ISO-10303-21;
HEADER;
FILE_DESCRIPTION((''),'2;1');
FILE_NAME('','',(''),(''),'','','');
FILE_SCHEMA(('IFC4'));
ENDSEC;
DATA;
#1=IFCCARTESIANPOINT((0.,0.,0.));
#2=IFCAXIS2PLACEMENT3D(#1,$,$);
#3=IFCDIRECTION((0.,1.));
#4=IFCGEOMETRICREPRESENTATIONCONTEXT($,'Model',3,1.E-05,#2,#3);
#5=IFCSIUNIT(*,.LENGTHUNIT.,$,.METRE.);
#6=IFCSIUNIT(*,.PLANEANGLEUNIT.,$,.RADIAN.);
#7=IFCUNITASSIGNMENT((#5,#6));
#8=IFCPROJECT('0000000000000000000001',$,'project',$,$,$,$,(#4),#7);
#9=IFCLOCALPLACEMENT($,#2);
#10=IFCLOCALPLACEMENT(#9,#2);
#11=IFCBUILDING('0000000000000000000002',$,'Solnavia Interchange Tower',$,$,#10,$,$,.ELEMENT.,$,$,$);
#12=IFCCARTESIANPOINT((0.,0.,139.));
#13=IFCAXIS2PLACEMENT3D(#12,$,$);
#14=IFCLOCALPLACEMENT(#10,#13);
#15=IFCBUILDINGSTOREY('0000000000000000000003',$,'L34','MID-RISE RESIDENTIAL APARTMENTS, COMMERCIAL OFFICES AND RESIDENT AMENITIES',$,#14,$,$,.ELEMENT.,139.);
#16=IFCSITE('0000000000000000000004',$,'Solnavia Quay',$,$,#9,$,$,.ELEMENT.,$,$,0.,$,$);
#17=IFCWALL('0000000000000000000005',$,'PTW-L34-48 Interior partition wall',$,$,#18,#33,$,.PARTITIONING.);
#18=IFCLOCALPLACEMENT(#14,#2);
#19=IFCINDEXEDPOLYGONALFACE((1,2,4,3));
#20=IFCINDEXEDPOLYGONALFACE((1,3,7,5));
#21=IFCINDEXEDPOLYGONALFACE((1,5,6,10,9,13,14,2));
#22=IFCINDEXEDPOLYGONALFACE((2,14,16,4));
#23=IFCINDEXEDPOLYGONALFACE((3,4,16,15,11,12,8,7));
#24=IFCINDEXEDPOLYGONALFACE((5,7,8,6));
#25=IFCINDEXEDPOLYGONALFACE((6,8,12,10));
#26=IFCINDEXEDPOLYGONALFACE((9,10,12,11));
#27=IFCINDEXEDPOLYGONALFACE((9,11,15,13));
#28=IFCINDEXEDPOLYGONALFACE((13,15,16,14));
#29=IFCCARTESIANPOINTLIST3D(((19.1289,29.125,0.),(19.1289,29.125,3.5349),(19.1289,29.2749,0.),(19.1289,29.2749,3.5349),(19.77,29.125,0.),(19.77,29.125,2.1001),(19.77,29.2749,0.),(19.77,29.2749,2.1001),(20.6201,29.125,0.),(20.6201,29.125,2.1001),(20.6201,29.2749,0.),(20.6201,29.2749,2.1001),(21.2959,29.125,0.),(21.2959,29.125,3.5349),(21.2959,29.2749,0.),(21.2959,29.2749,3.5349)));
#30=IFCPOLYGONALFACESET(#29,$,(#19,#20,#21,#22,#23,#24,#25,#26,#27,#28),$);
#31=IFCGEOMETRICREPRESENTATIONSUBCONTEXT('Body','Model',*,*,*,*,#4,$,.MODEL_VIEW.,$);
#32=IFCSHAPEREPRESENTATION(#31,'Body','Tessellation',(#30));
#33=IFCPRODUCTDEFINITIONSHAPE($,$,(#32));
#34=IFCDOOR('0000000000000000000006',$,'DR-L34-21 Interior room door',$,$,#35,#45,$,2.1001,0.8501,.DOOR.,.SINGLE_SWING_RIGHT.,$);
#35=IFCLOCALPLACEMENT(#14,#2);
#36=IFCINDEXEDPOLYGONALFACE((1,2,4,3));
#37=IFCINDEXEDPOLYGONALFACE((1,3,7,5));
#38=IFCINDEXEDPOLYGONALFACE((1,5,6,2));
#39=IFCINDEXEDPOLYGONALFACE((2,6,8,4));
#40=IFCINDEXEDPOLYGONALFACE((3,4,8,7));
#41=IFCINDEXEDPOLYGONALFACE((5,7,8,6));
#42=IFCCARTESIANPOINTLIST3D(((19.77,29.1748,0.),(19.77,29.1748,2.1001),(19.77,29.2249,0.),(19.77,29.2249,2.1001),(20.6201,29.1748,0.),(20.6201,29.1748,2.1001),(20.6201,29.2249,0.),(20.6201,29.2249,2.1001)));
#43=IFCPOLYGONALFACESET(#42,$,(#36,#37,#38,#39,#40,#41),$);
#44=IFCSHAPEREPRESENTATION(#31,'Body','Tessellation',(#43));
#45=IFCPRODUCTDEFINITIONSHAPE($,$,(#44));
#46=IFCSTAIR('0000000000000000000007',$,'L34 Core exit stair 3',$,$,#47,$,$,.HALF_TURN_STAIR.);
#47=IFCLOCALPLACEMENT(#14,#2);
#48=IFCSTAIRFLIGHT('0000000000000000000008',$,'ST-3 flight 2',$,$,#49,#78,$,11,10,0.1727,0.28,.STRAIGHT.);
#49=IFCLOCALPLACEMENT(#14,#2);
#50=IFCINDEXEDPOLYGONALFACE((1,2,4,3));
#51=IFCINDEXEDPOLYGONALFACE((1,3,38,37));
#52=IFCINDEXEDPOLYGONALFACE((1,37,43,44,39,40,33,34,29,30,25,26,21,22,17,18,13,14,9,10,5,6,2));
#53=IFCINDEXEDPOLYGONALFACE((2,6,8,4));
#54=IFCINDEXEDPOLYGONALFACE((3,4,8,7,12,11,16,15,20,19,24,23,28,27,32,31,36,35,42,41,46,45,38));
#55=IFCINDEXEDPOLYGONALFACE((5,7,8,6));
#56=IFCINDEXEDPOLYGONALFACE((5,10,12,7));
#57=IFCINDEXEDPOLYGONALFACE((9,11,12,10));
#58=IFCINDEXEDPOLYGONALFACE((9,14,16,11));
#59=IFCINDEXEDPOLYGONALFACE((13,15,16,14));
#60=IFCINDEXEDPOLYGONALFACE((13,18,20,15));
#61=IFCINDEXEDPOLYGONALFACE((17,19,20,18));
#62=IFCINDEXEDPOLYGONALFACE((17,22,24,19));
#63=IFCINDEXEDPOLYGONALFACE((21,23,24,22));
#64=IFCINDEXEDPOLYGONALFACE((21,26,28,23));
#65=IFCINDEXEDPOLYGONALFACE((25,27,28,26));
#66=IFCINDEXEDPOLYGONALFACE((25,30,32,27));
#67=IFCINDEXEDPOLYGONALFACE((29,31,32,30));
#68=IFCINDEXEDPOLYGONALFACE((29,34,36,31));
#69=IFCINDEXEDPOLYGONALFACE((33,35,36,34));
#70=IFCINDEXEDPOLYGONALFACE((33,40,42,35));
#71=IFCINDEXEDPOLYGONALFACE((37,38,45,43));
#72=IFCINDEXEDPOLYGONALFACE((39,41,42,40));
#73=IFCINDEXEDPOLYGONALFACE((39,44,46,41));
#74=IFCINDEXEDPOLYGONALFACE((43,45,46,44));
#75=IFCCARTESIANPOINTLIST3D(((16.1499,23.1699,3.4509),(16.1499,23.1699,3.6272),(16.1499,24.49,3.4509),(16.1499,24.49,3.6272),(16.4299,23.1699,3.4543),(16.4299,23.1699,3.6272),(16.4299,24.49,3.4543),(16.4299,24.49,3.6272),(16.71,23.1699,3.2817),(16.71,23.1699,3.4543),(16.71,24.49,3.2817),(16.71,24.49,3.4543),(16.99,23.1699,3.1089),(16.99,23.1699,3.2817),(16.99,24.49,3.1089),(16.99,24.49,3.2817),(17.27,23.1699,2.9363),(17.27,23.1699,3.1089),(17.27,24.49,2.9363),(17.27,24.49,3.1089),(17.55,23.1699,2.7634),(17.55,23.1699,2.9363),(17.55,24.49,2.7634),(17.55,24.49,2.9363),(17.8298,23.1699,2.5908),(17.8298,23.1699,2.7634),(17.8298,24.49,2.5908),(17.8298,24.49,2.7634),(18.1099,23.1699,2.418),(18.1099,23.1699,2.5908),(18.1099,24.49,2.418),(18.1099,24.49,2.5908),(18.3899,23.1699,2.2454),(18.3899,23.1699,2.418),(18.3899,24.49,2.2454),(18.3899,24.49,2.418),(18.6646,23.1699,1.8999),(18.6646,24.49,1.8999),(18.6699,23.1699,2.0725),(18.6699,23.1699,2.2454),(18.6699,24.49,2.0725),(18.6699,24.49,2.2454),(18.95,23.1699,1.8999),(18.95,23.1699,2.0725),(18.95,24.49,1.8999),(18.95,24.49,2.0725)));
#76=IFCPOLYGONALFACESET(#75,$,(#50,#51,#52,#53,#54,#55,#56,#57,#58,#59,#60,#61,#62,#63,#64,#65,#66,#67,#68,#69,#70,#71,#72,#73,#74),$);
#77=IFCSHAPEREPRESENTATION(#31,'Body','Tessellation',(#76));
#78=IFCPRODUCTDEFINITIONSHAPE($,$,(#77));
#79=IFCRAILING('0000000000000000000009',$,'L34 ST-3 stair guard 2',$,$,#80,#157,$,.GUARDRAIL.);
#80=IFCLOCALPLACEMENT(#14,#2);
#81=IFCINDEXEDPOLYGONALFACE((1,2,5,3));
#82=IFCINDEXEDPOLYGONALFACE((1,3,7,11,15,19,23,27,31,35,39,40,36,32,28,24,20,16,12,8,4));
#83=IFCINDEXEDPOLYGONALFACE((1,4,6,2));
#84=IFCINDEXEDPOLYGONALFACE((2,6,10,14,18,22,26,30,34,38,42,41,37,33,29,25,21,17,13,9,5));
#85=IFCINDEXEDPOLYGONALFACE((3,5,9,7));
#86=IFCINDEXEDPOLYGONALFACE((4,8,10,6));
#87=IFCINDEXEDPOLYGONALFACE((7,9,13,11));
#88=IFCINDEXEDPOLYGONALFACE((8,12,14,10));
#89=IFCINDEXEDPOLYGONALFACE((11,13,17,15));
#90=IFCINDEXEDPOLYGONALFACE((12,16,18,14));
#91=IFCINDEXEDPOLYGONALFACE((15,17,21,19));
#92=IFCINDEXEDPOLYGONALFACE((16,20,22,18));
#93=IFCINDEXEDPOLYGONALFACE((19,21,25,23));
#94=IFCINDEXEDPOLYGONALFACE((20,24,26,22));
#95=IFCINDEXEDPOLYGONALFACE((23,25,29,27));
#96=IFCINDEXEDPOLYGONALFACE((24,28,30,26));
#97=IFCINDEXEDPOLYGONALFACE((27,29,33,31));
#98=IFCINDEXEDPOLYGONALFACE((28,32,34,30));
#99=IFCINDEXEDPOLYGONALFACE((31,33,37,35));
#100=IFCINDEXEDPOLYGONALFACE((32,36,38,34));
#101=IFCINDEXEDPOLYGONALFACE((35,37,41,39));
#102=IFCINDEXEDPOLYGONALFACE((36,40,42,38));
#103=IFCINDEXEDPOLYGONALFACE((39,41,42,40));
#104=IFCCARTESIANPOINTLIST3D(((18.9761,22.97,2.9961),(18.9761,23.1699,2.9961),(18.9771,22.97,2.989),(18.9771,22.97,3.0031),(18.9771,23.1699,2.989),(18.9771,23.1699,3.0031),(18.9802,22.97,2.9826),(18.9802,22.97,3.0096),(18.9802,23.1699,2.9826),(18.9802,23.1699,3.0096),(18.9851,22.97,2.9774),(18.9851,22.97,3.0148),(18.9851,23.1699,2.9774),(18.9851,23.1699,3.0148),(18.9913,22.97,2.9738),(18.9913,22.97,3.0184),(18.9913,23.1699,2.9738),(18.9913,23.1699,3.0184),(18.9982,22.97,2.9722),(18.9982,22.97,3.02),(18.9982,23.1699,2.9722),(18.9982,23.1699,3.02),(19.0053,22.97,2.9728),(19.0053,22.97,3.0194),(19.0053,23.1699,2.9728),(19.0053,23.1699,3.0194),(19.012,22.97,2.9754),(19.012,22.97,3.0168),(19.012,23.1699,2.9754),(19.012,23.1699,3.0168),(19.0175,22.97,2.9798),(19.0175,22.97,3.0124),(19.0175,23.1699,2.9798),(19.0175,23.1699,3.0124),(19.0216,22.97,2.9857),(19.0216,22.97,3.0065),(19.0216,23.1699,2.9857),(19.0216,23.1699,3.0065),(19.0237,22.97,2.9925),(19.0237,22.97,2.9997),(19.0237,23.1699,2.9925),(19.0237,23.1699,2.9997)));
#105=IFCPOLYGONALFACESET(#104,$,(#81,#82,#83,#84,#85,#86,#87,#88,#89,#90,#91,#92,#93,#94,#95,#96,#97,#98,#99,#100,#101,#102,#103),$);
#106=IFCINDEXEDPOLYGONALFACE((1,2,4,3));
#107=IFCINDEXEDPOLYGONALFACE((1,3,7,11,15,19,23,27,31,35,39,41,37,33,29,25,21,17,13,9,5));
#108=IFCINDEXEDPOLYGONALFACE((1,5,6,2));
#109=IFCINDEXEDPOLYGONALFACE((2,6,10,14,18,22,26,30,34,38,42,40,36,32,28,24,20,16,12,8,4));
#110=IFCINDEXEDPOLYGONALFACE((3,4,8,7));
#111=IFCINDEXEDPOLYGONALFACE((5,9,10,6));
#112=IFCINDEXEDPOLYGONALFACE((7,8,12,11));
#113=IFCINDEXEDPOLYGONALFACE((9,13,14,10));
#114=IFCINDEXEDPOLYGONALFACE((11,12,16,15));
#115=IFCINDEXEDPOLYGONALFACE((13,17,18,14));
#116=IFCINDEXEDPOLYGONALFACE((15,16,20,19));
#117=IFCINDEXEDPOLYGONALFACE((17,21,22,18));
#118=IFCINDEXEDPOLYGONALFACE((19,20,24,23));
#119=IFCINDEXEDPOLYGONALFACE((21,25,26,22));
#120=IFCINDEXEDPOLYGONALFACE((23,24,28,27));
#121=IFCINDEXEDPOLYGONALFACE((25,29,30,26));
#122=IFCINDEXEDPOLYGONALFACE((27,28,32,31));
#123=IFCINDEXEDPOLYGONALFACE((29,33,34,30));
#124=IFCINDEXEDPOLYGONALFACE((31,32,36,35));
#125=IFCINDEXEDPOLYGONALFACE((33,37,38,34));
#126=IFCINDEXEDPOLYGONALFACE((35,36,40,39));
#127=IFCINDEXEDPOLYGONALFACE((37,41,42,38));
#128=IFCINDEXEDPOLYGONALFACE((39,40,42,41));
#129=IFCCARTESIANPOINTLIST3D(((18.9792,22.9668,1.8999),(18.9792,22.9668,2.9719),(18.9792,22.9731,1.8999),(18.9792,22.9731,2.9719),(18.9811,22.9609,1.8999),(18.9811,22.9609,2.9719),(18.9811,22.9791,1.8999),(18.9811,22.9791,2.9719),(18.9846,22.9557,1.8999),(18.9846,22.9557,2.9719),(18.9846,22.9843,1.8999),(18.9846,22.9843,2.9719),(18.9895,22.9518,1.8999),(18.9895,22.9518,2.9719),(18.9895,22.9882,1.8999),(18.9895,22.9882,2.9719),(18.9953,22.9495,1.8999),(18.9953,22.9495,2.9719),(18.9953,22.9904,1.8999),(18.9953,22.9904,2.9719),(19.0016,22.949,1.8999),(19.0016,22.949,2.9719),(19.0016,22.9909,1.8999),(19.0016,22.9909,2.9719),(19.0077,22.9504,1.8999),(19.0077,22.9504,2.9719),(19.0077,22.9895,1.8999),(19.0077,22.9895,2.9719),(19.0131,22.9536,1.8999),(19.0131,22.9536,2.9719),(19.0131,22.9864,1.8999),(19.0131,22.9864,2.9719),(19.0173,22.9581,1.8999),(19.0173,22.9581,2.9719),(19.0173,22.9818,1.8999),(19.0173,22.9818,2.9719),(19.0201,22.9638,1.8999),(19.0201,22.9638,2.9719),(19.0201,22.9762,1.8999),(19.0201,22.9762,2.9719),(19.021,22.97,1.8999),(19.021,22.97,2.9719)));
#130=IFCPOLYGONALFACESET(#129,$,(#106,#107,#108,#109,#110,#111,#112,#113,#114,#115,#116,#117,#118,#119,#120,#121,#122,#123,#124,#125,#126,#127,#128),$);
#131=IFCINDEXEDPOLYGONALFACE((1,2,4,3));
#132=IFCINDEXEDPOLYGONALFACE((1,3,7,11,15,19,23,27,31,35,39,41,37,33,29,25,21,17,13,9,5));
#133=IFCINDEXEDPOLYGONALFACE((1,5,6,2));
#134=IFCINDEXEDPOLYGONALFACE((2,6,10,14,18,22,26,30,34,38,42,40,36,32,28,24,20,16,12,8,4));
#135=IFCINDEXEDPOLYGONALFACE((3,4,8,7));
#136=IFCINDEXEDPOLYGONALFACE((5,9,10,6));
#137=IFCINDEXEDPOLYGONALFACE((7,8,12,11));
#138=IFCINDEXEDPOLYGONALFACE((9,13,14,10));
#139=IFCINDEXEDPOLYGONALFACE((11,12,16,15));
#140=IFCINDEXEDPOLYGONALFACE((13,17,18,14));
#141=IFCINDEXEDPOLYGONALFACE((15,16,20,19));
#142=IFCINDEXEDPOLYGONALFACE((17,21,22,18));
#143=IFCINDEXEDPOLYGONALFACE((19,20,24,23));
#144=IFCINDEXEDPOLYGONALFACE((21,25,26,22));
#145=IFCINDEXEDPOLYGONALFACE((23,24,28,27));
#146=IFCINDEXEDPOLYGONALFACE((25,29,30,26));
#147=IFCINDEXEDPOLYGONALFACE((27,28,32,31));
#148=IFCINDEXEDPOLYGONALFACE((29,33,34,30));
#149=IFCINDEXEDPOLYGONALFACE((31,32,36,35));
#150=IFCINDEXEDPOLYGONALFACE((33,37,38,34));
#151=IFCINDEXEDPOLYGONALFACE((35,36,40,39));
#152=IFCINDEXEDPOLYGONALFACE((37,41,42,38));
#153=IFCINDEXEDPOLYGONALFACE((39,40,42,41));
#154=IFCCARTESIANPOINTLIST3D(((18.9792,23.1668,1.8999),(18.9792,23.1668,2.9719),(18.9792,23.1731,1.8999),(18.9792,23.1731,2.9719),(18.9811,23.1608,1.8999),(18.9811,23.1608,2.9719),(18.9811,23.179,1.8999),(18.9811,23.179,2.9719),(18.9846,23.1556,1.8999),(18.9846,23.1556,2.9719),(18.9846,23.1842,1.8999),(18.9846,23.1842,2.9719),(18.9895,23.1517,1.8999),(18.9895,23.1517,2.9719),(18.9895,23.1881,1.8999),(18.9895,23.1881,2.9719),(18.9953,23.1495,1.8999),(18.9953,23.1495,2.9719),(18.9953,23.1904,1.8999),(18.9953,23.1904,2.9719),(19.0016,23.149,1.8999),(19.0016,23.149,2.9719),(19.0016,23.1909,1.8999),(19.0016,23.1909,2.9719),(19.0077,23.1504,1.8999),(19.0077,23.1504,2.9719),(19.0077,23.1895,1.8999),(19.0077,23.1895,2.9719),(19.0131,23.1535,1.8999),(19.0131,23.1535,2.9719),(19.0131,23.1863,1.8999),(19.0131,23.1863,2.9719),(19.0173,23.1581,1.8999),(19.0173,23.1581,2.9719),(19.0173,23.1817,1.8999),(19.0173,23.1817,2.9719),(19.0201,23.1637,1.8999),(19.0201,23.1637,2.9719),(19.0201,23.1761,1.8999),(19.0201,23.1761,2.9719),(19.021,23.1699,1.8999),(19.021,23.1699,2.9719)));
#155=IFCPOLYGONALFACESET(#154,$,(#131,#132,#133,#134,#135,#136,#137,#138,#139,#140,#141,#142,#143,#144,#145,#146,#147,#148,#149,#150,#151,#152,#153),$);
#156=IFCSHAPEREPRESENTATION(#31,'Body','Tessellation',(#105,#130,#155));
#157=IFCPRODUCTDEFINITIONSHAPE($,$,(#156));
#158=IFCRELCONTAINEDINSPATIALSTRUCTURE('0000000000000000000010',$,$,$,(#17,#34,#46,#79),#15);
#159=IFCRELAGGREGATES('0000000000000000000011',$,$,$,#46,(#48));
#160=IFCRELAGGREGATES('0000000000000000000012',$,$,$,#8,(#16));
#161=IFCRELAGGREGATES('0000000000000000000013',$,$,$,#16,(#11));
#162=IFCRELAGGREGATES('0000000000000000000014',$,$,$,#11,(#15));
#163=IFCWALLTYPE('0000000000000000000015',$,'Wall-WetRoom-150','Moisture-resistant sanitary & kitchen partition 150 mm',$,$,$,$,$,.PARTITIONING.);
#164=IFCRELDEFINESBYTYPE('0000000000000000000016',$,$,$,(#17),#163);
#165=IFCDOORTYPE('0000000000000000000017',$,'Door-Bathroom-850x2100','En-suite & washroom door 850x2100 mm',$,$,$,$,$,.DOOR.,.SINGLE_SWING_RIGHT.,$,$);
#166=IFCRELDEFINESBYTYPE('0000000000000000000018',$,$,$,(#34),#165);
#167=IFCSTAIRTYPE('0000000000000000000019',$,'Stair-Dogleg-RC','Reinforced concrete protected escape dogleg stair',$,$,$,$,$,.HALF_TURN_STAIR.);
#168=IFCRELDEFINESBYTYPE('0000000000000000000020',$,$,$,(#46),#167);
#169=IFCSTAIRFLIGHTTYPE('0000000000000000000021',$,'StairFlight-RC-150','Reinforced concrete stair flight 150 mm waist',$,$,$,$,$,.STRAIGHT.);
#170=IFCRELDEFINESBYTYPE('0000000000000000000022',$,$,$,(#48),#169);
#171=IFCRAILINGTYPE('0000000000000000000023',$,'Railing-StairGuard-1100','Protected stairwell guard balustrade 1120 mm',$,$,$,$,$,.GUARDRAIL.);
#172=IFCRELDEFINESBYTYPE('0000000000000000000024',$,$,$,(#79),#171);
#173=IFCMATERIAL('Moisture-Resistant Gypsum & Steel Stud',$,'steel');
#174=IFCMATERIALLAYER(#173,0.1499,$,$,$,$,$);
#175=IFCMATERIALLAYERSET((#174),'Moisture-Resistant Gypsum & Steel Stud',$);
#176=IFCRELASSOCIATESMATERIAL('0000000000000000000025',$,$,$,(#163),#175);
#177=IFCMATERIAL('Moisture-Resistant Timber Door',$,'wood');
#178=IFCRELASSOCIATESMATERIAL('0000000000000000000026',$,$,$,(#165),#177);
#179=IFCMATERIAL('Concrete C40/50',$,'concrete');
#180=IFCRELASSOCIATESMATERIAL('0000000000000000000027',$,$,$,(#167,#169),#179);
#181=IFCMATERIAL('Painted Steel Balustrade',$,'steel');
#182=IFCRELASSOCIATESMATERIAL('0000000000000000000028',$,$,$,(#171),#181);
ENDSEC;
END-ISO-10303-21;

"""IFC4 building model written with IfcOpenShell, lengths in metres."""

from ifc_helpers import new_model, si_unit, direction, frame, frame_2d, origin, origin_2d, place, context, subcontext, project, spatial, polyline, rectangle, circle, outline, extrude, material, layer, layer_set, type_object, element, fill, aggregate, save


model = new_model("IFC4")

# Units and contexts
model_context = context("Model", 3, precision=1e-05, world=origin(), true_north=direction((0.0, 1.0)))
body_context = subcontext(model_context, "Body", "Model", "MODEL_VIEW")
ifc_project = project(units=[si_unit("LENGTHUNIT", "METRE"), si_unit("PLANEANGLEUNIT", "RADIAN")], contexts=[model_context])

# Site, building, storey
site_placement = place(None, origin())
site = spatial("IfcSite", under=ifc_project, at=site_placement, Name="Solnavia Quay", CompositionType="ELEMENT", RefElevation=0.0)
building_placement = place(site_placement, origin())
building = spatial("IfcBuilding", under=site, at=building_placement, Name="Solnavia Interchange Tower", CompositionType="ELEMENT")
storey_placement = place(building_placement, frame((0.0, 0.0, 139.0)))
storey = spatial("IfcBuildingStorey", under=building, at=storey_placement, Name="L34", Description="MID-RISE RESIDENTIAL APARTMENTS, COMMERCIAL OFFICES AND RESIDENT AMENITIES", CompositionType="ELEMENT", Elevation=139.0)

# Shared definitions
ifc_material_1 = material(Name="Concrete C40/50", Category="concrete")
ifc_material_2 = material(Name="Moisture-Resistant Gypsum & Steel Stud", Category="steel")
ifc_layer_1 = layer(ifc_material_2, 0.1499)
ifc_layer_set_1 = layer_set([ifc_layer_1], Name="Moisture-Resistant Gypsum & Steel Stud")
wall_type_1 = type_object("IfcWallType", Name="Wall-WetRoom-150", Description="Moisture-resistant sanitary & kitchen partition 150 mm", PredefinedType="PARTITIONING", material=ifc_layer_set_1)

# Wall, opening, door
wall_1_placement = place(storey_placement, frame((19.1289, 29.2, 0.0), z_axis=(0.0, 0.0, 1.0), x_axis=(1.0, 0.0, 0.0)))
wall_1 = element("IfcWall", 1, at=wall_1_placement, inside=storey, type_object=wall_type_1, Name="PTW-L34-48 Interior partition wall", PredefinedType="PARTITIONING", context=body_context, shape_type="SweptSolid", body=[
    extrude(rectangle(XDim=2.167, YDim=0.1499, at=frame_2d((1.0835, 0.0))), origin(), (0.0, 0.0, 1.0), 3.5349),
])
opening_1_placement = place(wall_1_placement, frame((0.6411, 0.0, 0.0)))
opening_1 = element("IfcOpeningElement", 2, at=opening_1_placement, cuts=wall_1, PredefinedType="OPENING", context=body_context, shape_type="SweptSolid", body=[
    extrude(rectangle(XDim=0.8501, YDim=2.1001, at=frame_2d((0.425, 1.05))), frame((0.0, 0.085, 0.0), z_axis=(0.0, -1.0, 0.0), x_axis=(1.0, 0.0, 0.0)), (0.0, 0.0, 1.0), 0.1699),
])
ifc_material_3 = material(Name="Moisture-Resistant Timber Door", Category="wood")
door_type_1 = type_object("IfcDoorType", Name="Door-Bathroom-850x2100", Description="En-suite & washroom door 850x2100 mm", OperationType="SINGLE_SWING_RIGHT", PredefinedType="DOOR", material=ifc_material_3)
door_1_placement = place(opening_1_placement, origin())
door_1 = element("IfcDoor", 3, at=door_1_placement, inside=storey, type_object=door_type_1, Name="DR-L34-21 Interior room door", OperationType="SINGLE_SWING_RIGHT", OverallHeight=2.1001, OverallWidth=0.8501, PredefinedType="DOOR", context=body_context, shape_type="SweptSolid", body=[
    extrude(rectangle(XDim=0.8501, YDim=2.1001, at=frame_2d((0.425, 1.05))), frame((0.0, 0.0249, 0.0), z_axis=(0.0, -1.0, 0.0), x_axis=(1.0, 0.0, 0.0)), (0.0, 0.0, 1.0), 0.05),
])
fill(opening_1, door_1)

# Stair, stair flight
stair_type = type_object("IfcStairType", Name="Stair-Dogleg-RC", Description="Reinforced concrete protected escape dogleg stair", PredefinedType="HALF_TURN_STAIR", material=ifc_material_1)
stair_placement = place(storey_placement, origin())
stair = element("IfcStair", 4, at=stair_placement, inside=storey, type_object=stair_type, Name="L34 Core exit stair 3", PredefinedType="HALF_TURN_STAIR")
stair_flight_type = type_object("IfcStairFlightType", Name="StairFlight-RC-150", Description="Reinforced concrete stair flight 150 mm waist", PredefinedType="STRAIGHT", material=ifc_material_1)
stair_flight_placement = place(storey_placement, frame((18.95, 23.8301, 1.8999), z_axis=(0.0, 0.0, 1.0), x_axis=(-1.0, 0.0, 0.0)))
stair_flight = element("IfcStairFlight", 5, at=stair_flight_placement, type_object=stair_flight_type, Name="ST-3 flight 2", NumberOfRisers=11, NumberOfTreads=10, PredefinedType="STRAIGHT", RiserHeight=0.1727, TreadLength=0.28, context=body_context, shape_type="SweptSolid", body=[
    extrude(outline(polyline([(0.0, 0.0), (0.0, 0.1726), (0.28, 0.1726), (0.28, 0.3455), (0.5601, 0.3455), (0.5601, 0.5181), (0.8401, 0.5181), (0.8401, 0.6909), (1.1201, 0.6909), (1.1201, 0.8635), (1.3999, 0.8635), (1.3999, 1.0364), (1.6799, 1.0364), (1.6799, 1.209), (1.96, 1.209), (1.96, 1.3818), (2.24, 1.3818), (2.24, 1.5544), (2.52, 1.5544), (2.52, 1.7273), (2.8, 1.7273), (2.8, 1.8999), (2.8, 1.551), (0.2854, 0.0), (0.0, 0.0)])), frame((0.0, 0.6602, 0.0), z_axis=(0.0, -1.0, 0.0), x_axis=(1.0, 0.0, 0.0)), (0.0, 0.0, 1.0), 1.3201),
])
aggregate(stair, [stair_flight])

# Railing
ifc_material_4 = material(Name="Painted Steel Balustrade", Category="steel")
railing_type_1 = type_object("IfcRailingType", Name="Railing-StairGuard-1100", Description="Protected stairwell guard balustrade 1120 mm", PredefinedType="GUARDRAIL", material=ifc_material_4)
railing_1_placement = place(storey_placement, frame((19.0, 22.97, 1.8999)))
element("IfcRailing", 6, at=railing_1_placement, inside=storey, type_object=railing_type_1, Name="L34 ST-3 stair guard 2", PredefinedType="GUARDRAIL", context=body_context, shape_type="SweptSolid", body=[
    extrude(circle(Radius=0.0239, at=origin_2d()), frame((0.0, 0.0, 1.0962), z_axis=(0.0, 1.0, 0.0), x_axis=(-1.0, 0.0, 0.0)), (0.0, 0.0, 1.0), 0.2),
    extrude(circle(Radius=0.021, at=origin_2d()), origin(), (0.0, 0.0, 1.0), 1.072),
    extrude(circle(Radius=0.021, at=origin_2d()), frame((0.0, 0.2, 0.0)), (0.0, 0.0, 1.0), 1.072),
])

save(model, "model.ifc")
